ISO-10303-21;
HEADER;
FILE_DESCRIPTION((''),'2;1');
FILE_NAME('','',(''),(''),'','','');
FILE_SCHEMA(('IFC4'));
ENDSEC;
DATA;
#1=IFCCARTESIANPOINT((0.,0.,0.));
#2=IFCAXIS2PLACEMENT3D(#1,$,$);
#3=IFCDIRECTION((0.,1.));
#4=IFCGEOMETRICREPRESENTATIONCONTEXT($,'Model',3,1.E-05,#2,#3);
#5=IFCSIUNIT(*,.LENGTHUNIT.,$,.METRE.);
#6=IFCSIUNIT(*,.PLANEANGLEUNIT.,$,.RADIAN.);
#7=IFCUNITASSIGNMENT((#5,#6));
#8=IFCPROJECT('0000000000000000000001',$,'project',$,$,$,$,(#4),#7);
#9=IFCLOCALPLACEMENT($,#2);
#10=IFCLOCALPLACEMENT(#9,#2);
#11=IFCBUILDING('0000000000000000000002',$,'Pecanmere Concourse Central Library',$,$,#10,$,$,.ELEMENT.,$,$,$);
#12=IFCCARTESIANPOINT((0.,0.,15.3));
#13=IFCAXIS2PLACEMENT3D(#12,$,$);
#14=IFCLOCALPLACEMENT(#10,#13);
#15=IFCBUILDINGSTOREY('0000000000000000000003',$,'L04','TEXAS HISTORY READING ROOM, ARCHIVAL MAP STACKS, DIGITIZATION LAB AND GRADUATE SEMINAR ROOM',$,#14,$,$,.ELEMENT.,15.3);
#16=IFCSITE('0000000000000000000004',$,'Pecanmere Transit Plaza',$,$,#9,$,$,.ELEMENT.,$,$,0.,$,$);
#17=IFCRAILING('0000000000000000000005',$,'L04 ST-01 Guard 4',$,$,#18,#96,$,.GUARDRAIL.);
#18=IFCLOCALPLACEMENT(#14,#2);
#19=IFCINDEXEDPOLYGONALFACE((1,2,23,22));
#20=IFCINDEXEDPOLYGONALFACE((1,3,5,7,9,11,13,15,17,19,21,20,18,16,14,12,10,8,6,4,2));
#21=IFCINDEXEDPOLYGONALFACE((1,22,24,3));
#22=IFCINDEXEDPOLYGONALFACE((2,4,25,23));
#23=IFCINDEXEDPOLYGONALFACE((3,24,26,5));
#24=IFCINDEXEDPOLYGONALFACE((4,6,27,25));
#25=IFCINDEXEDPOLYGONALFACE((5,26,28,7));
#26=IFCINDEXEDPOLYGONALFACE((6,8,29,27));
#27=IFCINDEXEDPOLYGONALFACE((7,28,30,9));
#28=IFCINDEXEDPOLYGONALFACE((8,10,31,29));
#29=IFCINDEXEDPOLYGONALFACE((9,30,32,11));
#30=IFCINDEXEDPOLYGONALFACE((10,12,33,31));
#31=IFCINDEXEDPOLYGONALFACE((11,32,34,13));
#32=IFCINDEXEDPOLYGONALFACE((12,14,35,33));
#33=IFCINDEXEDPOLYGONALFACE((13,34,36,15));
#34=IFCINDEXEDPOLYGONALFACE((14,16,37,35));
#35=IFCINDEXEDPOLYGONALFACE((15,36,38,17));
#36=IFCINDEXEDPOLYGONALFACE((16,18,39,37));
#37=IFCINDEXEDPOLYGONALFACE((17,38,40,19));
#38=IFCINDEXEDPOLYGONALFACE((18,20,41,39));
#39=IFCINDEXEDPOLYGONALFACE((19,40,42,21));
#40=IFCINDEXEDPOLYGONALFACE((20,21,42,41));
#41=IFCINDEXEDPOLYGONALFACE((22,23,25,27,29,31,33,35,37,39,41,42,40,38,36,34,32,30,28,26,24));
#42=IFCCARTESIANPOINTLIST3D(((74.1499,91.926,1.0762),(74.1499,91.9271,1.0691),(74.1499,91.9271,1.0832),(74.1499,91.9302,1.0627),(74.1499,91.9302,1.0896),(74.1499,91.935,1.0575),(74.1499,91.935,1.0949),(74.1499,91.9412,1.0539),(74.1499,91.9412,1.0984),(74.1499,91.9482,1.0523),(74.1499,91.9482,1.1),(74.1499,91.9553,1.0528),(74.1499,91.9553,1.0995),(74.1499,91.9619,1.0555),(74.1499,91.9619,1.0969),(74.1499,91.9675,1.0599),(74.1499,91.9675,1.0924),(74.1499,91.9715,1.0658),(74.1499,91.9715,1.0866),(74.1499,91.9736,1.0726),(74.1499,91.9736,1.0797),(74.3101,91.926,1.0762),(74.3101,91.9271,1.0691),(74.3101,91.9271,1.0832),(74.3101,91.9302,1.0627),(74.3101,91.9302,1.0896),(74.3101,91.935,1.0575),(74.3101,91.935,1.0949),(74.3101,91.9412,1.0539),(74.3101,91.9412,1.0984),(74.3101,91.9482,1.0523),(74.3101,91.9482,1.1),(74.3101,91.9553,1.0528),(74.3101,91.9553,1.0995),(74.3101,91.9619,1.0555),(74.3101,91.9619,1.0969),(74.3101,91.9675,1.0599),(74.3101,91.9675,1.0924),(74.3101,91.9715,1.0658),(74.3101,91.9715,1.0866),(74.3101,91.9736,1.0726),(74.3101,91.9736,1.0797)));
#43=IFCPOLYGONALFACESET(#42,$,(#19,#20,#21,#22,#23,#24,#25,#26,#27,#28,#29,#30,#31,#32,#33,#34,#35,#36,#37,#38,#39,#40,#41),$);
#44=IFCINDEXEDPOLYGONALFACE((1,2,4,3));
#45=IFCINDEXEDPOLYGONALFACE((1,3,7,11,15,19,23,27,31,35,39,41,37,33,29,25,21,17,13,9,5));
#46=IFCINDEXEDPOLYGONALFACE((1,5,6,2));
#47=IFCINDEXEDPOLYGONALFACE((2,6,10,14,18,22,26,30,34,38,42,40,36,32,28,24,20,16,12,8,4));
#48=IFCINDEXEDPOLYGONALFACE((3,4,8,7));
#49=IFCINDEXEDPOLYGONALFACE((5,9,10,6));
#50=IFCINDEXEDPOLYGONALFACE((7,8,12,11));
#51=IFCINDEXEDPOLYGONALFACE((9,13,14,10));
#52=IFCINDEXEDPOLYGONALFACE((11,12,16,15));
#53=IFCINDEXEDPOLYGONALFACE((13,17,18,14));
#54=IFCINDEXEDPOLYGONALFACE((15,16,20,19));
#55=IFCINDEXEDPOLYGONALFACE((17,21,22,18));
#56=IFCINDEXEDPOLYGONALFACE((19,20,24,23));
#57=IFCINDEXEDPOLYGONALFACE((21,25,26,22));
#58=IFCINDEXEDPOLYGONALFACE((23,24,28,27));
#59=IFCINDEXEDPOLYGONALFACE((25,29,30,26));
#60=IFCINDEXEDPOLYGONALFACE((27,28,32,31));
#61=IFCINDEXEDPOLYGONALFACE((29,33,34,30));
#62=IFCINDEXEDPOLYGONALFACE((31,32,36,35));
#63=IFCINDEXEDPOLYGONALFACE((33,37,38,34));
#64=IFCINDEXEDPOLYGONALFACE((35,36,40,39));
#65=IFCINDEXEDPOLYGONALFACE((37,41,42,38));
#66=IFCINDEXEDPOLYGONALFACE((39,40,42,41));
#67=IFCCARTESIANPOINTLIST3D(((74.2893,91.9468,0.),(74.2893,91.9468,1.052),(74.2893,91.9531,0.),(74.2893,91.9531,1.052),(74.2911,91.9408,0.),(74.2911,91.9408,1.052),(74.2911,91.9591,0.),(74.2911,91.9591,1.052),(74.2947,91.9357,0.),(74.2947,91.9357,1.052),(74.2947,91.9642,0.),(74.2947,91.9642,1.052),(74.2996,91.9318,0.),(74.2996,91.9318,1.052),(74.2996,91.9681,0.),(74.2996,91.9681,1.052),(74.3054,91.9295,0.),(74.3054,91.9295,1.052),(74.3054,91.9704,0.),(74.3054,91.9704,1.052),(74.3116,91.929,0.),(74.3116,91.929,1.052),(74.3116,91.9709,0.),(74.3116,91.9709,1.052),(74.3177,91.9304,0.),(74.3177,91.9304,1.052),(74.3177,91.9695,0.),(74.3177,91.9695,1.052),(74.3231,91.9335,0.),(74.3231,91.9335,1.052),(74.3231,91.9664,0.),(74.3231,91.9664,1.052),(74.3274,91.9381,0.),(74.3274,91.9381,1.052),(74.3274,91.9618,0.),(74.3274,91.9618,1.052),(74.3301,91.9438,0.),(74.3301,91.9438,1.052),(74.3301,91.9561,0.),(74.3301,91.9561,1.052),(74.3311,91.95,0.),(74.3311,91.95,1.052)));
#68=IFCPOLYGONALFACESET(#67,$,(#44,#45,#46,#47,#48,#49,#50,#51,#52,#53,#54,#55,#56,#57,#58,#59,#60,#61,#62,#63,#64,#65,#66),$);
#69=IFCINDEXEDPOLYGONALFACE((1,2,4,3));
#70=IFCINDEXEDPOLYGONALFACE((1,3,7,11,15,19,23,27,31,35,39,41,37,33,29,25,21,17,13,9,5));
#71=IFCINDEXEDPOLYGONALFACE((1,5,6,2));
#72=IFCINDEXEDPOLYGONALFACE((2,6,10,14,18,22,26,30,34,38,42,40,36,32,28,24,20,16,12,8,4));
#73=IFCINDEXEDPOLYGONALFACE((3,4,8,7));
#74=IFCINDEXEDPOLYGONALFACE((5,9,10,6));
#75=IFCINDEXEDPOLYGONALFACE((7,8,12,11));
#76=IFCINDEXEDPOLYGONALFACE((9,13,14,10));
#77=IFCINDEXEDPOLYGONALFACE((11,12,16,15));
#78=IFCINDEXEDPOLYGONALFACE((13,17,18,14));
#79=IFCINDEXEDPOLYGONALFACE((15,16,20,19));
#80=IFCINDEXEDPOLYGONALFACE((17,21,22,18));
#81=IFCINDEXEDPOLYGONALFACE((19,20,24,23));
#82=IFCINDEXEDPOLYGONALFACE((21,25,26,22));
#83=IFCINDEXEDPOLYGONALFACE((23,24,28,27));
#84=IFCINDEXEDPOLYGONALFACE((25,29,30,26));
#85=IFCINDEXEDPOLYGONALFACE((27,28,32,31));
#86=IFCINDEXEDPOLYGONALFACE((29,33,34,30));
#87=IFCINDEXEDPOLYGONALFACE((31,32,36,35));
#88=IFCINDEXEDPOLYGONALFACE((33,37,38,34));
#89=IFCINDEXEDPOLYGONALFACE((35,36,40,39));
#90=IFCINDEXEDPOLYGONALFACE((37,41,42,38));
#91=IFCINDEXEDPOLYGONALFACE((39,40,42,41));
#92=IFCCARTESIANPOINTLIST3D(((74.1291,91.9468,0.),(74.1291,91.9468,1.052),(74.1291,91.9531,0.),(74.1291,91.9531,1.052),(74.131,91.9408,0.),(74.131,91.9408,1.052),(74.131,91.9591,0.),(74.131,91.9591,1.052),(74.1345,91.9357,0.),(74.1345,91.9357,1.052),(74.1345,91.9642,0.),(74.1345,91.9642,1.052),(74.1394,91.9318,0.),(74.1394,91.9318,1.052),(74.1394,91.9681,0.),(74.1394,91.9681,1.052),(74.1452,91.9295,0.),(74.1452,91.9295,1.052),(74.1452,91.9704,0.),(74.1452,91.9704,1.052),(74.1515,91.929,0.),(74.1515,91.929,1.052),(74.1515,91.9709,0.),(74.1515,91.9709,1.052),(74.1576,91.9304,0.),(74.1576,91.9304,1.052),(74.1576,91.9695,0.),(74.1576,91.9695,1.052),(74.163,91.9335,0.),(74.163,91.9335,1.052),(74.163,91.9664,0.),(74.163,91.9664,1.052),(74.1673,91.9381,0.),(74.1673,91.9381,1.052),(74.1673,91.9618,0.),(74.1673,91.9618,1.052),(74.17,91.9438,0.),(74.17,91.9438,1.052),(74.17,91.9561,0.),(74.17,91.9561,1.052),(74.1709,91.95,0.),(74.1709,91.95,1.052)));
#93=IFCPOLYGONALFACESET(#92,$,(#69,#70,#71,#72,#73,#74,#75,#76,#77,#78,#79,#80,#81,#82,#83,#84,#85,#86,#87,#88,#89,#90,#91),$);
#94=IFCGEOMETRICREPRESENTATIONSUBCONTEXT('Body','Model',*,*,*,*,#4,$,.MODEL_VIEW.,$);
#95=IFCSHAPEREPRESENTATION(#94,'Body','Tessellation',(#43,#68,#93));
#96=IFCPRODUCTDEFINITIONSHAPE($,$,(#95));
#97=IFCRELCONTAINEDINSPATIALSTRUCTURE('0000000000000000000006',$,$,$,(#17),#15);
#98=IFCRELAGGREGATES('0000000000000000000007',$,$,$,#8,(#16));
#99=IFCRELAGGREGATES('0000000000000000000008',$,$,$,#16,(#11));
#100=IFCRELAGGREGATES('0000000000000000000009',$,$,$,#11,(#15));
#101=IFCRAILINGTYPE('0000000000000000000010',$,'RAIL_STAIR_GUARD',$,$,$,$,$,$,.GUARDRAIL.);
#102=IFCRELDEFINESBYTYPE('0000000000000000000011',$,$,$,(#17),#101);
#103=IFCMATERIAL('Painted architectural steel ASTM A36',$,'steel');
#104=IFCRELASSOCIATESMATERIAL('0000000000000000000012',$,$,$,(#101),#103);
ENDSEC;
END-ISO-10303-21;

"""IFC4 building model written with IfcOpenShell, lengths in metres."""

from ifc_helpers import new_model, si_unit, direction, frame, origin, origin_2d, place, context, subcontext, project, spatial, circle, extrude, material, type_object, element, save


model = new_model("IFC4")

# Units and contexts
model_context = context("Model", 3, precision=1e-05, world=origin(), true_north=direction((0.0, 1.0)))
body_context = subcontext(model_context, "Body", "Model", "MODEL_VIEW")
ifc_project = project(units=[si_unit("LENGTHUNIT", "METRE"), si_unit("PLANEANGLEUNIT", "RADIAN")], contexts=[model_context])

# Site, building, storey
site_placement = place(None, origin())
site = spatial("IfcSite", under=ifc_project, at=site_placement, Name="Pecanmere Transit Plaza", CompositionType="ELEMENT", RefElevation=0.0)
building_placement = place(site_placement, origin())
building = spatial("IfcBuilding", under=site, at=building_placement, Name="Pecanmere Concourse Central Library", CompositionType="ELEMENT")
storey_placement = place(building_placement, frame((0.0, 0.0, 15.3)))
storey = spatial("IfcBuildingStorey", under=building, at=storey_placement, Name="L04", Description="TEXAS HISTORY READING ROOM, ARCHIVAL MAP STACKS, DIGITIZATION LAB AND GRADUATE SEMINAR ROOM", CompositionType="ELEMENT", Elevation=15.3)

# Railing
ifc_material_1 = material(Name="Painted architectural steel ASTM A36", Category="steel")
railing_type_1 = type_object("IfcRailingType", Name="RAIL_STAIR_GUARD", PredefinedType="GUARDRAIL", material=ifc_material_1)
railing_1_placement = place(storey_placement, frame((74.3101, 91.95, 0.0)))
element("IfcRailing", 1, at=railing_1_placement, inside=storey, type_object=railing_type_1, Name="L04 ST-01 Guard 4", PredefinedType="GUARDRAIL", context=body_context, shape_type="SweptSolid", body=[
    extrude(circle(Radius=0.0239, at=origin_2d()), frame((0.0, 0.0, 1.0762), z_axis=(-1.0, 0.0, 0.0), x_axis=(0.0, -1.0, 0.0)), (0.0, 0.0, 1.0), 0.1602),
    extrude(circle(Radius=0.021, at=origin_2d()), origin(), (0.0, 0.0, 1.0), 1.052),
    extrude(circle(Radius=0.021, at=origin_2d()), frame((-0.1602, 0.0, 0.0)), (0.0, 0.0, 1.0), 1.052),
])

save(model, "model.ifc")
